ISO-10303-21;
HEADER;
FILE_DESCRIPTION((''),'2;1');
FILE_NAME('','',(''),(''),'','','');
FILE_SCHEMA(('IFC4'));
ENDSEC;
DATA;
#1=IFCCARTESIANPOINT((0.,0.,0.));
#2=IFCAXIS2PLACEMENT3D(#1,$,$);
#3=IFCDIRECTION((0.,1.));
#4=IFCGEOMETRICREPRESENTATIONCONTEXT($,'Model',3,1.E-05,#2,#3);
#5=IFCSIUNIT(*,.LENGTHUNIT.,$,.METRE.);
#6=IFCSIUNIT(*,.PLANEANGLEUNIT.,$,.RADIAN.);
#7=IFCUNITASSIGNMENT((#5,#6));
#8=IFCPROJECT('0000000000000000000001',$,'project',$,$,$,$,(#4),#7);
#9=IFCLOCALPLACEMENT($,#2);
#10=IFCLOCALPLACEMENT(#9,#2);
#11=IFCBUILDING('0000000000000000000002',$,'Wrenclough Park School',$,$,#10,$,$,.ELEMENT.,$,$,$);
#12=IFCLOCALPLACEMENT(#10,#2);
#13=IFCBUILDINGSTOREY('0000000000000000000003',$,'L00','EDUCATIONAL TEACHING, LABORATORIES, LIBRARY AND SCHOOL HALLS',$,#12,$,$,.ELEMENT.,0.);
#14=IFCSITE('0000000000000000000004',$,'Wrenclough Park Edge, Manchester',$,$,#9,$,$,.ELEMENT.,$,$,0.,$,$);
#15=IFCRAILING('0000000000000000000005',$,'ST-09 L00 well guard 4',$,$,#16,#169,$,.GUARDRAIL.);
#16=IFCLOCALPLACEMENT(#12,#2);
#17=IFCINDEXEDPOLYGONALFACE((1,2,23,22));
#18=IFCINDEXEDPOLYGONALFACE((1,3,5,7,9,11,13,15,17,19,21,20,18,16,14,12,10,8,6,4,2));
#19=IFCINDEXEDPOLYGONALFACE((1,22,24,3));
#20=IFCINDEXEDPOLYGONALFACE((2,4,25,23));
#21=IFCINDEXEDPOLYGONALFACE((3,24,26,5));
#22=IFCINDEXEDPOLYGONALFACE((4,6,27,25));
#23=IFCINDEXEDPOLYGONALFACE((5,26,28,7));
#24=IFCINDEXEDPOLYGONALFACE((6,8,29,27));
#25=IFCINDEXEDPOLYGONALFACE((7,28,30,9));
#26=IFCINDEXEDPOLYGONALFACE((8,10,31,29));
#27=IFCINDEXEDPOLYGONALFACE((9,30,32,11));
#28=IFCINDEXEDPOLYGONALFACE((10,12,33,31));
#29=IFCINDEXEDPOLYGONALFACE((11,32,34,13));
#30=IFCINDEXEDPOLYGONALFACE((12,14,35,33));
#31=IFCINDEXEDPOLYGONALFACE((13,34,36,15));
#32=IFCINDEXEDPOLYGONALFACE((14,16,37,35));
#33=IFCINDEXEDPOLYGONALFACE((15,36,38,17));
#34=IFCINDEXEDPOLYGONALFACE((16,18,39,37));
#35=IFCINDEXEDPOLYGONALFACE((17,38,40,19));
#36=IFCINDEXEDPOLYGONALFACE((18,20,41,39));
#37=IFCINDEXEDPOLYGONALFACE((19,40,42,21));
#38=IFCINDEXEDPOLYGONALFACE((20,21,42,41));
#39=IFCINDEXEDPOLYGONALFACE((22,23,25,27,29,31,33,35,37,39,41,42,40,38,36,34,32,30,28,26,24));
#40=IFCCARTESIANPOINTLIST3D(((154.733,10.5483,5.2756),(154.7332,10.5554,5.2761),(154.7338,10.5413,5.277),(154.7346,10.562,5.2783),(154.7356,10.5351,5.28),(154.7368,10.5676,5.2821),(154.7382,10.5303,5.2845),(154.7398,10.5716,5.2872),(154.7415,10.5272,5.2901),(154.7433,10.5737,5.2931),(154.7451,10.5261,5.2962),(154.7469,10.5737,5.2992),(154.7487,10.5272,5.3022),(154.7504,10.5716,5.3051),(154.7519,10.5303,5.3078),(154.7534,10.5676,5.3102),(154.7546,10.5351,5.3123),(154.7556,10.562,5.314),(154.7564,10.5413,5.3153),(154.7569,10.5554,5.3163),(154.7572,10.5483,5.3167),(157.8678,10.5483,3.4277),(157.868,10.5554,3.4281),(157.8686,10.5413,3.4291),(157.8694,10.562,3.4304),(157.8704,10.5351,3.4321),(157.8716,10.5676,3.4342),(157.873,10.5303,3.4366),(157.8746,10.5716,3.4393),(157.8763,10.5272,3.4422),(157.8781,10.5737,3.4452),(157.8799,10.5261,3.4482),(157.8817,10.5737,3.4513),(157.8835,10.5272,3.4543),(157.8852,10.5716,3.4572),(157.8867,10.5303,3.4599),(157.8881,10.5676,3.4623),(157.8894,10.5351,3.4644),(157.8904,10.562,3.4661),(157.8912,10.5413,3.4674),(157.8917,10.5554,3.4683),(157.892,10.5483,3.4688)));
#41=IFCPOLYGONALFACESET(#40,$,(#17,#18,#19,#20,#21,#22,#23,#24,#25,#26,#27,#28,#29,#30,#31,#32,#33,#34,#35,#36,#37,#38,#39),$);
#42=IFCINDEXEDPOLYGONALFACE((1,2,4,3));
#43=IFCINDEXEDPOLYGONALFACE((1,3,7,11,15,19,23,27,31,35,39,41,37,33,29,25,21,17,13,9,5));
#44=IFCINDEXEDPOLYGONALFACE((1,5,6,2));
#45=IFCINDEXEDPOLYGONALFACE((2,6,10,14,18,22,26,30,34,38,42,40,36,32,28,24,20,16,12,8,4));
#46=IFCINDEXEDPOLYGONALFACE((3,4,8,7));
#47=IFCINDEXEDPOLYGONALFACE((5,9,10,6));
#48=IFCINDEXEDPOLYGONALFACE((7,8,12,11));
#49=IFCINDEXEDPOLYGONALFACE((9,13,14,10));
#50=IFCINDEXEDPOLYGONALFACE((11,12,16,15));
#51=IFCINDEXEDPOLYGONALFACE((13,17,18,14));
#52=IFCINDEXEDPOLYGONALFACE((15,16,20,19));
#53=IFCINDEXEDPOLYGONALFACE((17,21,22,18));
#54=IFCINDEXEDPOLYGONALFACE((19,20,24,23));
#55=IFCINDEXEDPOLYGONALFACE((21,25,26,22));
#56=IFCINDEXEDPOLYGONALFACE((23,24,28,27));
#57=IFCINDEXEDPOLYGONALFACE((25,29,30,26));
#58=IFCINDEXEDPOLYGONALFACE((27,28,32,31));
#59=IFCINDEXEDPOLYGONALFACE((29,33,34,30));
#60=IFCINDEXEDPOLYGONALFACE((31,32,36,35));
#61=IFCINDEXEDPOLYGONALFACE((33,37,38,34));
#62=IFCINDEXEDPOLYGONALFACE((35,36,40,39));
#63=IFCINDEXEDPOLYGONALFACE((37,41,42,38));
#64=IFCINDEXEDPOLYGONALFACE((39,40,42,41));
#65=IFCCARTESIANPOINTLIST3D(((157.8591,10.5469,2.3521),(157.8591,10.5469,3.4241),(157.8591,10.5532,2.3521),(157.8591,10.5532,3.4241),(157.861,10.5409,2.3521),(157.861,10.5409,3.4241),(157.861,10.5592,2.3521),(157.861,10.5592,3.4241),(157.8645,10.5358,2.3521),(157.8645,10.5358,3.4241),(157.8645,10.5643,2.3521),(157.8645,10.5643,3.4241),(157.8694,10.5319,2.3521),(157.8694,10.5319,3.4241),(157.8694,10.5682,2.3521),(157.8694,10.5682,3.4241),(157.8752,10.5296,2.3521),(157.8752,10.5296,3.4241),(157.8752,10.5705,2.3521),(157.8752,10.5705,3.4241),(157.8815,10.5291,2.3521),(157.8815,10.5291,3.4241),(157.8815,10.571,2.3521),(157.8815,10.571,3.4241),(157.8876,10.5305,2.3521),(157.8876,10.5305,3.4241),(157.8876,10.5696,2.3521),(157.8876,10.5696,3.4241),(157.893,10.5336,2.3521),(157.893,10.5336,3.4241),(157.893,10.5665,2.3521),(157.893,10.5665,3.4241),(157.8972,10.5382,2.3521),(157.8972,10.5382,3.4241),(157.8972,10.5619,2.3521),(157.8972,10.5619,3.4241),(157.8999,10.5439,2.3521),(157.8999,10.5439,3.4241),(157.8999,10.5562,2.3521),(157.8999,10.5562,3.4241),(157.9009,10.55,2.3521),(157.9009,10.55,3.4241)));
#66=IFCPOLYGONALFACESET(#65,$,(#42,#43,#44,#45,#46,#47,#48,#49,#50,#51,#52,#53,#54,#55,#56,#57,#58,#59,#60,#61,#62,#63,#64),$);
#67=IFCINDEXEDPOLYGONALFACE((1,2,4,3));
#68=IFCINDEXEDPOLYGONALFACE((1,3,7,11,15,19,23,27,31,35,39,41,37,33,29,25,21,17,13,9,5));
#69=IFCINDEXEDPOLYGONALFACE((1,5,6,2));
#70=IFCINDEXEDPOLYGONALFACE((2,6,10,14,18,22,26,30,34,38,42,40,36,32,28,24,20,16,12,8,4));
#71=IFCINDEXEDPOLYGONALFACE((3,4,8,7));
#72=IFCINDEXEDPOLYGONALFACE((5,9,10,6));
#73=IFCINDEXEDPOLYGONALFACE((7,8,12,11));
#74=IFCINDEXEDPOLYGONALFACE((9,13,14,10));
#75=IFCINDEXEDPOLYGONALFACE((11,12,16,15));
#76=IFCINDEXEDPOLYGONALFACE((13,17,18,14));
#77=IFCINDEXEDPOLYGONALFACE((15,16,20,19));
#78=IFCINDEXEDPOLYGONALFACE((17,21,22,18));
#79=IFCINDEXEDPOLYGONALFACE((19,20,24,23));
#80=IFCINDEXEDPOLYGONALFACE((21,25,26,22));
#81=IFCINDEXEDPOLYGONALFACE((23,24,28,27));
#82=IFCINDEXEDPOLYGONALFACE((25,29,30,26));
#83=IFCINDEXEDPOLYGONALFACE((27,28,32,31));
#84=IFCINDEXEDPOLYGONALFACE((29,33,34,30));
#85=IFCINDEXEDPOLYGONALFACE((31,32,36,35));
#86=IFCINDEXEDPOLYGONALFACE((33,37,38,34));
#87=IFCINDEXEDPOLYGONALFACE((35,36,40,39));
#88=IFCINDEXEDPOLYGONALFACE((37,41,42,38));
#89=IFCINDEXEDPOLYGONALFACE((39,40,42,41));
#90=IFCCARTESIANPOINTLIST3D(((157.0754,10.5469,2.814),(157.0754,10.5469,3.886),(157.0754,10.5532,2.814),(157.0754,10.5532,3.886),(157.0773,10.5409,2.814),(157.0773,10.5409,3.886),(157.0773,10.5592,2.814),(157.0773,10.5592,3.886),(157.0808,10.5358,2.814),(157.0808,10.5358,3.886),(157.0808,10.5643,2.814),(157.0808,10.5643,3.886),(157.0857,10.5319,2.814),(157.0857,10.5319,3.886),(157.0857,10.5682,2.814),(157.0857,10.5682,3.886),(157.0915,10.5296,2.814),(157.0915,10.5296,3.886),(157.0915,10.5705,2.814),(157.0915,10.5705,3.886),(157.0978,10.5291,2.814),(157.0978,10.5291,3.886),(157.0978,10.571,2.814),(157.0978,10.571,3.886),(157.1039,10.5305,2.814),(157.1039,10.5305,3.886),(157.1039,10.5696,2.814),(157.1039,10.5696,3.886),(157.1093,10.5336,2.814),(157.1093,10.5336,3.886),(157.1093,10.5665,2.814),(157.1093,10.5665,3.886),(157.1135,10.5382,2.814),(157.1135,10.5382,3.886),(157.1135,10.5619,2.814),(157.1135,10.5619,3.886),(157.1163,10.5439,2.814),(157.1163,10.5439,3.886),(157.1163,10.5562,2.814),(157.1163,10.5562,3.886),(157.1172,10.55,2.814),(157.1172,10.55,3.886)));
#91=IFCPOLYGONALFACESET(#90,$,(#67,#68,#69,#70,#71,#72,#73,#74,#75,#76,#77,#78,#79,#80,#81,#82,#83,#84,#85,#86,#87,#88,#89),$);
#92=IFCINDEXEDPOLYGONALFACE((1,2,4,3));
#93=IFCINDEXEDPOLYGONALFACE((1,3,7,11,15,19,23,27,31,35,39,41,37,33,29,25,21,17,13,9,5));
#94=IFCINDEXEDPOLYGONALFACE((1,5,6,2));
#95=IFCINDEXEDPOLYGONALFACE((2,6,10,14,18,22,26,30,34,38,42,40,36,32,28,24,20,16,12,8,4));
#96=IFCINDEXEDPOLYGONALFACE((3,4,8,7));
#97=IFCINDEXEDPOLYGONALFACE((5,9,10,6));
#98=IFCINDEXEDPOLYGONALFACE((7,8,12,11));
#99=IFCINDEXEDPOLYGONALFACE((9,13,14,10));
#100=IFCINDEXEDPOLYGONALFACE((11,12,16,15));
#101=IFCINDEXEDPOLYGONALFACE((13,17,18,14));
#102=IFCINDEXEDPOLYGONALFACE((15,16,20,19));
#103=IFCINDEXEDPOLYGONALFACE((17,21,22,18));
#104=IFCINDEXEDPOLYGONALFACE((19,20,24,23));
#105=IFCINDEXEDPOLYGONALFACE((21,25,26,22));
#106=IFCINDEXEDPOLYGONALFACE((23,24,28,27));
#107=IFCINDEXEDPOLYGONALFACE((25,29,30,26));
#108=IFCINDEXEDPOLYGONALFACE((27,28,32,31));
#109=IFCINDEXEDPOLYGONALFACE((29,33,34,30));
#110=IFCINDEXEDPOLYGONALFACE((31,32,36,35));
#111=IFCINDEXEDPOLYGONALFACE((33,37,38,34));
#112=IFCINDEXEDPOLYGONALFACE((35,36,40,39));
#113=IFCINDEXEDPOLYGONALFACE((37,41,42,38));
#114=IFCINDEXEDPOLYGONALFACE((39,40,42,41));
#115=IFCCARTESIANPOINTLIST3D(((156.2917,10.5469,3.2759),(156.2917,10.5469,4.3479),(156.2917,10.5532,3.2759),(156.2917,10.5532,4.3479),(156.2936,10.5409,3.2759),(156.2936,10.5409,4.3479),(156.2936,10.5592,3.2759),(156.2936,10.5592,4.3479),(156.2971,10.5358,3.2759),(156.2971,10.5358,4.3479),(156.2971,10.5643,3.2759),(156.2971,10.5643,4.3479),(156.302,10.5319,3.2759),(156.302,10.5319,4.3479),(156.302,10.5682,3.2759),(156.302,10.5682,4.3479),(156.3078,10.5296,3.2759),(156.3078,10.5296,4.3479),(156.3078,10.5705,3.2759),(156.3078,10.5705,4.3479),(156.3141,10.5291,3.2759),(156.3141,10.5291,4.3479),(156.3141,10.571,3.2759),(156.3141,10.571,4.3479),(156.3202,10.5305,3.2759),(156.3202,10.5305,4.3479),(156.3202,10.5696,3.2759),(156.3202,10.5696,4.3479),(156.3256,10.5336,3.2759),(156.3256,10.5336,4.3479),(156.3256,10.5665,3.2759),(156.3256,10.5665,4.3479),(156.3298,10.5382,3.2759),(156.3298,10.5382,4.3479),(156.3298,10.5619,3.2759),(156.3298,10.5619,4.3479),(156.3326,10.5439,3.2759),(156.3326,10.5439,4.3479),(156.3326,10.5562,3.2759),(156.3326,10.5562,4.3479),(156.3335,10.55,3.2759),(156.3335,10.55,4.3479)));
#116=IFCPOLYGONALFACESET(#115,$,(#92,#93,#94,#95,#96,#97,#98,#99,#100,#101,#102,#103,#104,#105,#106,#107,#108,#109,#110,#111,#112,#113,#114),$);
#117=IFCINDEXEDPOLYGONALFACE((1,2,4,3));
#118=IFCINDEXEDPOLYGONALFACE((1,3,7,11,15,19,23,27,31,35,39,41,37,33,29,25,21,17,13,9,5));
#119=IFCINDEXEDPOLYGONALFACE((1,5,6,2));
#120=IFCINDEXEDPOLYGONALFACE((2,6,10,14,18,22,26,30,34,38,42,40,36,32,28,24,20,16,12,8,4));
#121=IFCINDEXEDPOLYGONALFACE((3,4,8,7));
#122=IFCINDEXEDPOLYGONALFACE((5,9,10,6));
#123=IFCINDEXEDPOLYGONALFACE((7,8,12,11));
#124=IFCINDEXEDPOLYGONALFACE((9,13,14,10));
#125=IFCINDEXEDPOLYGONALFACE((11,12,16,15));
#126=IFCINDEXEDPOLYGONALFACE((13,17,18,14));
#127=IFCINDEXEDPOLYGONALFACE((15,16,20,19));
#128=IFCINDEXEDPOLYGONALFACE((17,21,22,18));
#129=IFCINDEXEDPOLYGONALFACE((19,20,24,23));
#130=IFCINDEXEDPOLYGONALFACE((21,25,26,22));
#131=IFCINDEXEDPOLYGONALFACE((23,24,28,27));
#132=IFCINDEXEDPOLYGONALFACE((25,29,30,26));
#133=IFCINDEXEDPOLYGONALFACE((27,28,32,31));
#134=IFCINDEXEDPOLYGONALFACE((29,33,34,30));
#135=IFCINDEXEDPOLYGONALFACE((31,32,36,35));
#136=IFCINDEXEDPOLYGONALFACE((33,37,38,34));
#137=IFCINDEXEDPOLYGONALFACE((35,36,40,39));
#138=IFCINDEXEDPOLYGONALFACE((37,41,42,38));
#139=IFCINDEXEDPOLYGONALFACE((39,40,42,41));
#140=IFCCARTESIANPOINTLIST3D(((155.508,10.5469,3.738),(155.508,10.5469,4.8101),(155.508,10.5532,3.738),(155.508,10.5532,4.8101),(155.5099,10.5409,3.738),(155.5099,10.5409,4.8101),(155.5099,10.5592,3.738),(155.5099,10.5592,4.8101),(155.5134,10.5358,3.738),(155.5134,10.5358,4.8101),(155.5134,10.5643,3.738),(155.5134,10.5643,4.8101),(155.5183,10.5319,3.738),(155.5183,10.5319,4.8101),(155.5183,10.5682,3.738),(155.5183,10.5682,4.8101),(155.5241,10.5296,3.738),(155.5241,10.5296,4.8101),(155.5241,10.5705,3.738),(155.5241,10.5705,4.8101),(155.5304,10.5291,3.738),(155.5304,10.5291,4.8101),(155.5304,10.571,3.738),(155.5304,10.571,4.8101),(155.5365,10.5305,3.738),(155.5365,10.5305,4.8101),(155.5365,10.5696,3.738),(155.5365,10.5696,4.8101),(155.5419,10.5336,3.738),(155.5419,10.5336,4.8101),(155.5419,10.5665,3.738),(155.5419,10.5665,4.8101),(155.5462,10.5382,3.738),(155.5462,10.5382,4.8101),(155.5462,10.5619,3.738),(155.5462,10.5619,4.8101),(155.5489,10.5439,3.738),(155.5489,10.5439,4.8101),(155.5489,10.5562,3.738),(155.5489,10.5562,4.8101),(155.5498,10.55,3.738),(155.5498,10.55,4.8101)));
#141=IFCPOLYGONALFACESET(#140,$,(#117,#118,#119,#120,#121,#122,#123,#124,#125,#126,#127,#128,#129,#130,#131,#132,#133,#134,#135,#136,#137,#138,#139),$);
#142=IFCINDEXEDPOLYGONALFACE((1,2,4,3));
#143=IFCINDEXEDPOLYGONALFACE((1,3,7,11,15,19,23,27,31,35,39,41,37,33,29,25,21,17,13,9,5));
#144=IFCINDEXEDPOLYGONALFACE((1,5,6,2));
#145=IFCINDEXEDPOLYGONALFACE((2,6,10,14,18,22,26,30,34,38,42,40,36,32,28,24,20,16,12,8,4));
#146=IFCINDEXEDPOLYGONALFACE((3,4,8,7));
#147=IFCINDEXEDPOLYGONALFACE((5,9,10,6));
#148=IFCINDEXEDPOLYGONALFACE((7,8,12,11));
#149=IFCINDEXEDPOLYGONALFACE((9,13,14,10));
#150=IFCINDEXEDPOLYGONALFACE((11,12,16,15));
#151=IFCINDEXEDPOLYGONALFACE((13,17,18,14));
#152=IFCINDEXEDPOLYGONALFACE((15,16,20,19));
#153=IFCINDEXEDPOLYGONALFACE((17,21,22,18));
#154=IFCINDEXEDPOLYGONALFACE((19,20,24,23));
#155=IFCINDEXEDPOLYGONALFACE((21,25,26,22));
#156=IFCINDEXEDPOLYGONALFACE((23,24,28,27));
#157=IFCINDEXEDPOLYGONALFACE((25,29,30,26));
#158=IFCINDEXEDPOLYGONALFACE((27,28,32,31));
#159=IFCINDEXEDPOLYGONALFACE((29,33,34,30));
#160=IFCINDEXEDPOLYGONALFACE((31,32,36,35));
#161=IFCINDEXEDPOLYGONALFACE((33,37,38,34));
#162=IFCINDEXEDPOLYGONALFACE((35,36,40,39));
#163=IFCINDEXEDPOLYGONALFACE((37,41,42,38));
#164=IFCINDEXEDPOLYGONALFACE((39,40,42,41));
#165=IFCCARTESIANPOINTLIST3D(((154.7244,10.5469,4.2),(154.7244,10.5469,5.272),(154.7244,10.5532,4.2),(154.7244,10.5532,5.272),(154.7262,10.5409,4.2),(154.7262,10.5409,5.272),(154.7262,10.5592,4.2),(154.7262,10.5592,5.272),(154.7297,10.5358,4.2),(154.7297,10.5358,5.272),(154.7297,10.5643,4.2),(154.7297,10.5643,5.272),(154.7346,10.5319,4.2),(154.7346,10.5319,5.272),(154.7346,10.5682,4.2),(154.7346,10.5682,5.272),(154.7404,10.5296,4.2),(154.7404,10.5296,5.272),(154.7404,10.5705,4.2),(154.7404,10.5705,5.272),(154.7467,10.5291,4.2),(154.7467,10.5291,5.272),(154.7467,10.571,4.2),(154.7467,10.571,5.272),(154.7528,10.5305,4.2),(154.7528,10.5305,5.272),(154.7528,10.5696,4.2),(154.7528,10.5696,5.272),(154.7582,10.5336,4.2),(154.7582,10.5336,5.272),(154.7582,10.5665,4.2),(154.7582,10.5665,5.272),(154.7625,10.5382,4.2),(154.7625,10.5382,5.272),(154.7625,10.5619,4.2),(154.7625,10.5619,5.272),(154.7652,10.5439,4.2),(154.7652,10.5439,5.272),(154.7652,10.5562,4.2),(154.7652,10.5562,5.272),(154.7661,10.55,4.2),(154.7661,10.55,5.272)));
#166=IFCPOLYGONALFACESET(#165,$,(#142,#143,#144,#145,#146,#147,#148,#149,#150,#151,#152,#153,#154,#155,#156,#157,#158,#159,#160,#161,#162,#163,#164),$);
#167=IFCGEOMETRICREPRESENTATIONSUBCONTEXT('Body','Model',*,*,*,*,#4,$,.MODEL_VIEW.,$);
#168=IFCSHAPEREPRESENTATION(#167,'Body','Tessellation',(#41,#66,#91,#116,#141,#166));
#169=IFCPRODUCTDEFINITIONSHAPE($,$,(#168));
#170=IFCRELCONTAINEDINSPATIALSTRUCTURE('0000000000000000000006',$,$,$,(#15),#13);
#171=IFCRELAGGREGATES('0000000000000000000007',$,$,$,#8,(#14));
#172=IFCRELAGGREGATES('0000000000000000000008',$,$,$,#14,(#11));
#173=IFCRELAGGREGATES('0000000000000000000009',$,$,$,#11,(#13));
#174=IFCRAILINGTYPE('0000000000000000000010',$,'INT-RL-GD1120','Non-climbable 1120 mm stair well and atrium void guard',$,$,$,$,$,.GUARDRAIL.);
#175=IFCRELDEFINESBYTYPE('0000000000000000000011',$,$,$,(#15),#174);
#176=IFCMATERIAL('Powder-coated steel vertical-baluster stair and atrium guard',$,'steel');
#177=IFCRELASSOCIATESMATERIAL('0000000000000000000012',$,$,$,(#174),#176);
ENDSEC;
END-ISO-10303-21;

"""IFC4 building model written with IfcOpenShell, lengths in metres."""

from ifc_helpers import new_model, si_unit, direction, frame, origin, origin_2d, place, context, subcontext, project, spatial, circle, extrude, material, type_object, element, save


model = new_model("IFC4")

# Units and contexts
model_context = context("Model", 3, precision=1e-05, world=origin(), true_north=direction((0.0, 1.0)))
body_context = subcontext(model_context, "Body", "Model", "MODEL_VIEW")
ifc_project = project(units=[si_unit("LENGTHUNIT", "METRE"), si_unit("PLANEANGLEUNIT", "RADIAN")], contexts=[model_context])

# Site, building, storey
site_placement = place(None, origin())
site = spatial("IfcSite", under=ifc_project, at=site_placement, Name="Wrenclough Park Edge, Manchester", CompositionType="ELEMENT", RefElevation=0.0)
building_placement = place(site_placement, origin())
building = spatial("IfcBuilding", under=site, at=building_placement, Name="Wrenclough Park School", CompositionType="ELEMENT")
storey_placement = place(building_placement, origin())
storey = spatial("IfcBuildingStorey", under=building, at=storey_placement, Name="L00", Description="EDUCATIONAL TEACHING, LABORATORIES, LIBRARY AND SCHOOL HALLS", CompositionType="ELEMENT", Elevation=0.0)

# Railing
ifc_material_1 = material(Name="Powder-coated steel vertical-baluster stair and atrium guard", Category="steel")
railing_type_1 = type_object("IfcRailingType", Name="INT-RL-GD1120", Description="Non-climbable 1120 mm stair well and atrium void guard", PredefinedType="GUARDRAIL", material=ifc_material_1)
railing_1_placement = place(storey_placement, frame((157.8799, 10.55, 2.3521)))
element("IfcRailing", 1, at=railing_1_placement, inside=storey, type_object=railing_type_1, Name="ST-09 L00 well guard 4", PredefinedType="GUARDRAIL", context=body_context, shape_type="SweptSolid", body=[
    extrude(circle(Radius=0.0239, at=origin_2d()), frame((0.0, 0.0, 1.0962), z_axis=(-0.861463, 0.0, 0.50782), x_axis=(0.0, -1.0, 0.0)), (0.0, 0.0, 1.0), 3.6389),
    extrude(circle(Radius=0.021, at=origin_2d()), origin(), (0.0, 0.0, 1.0), 1.072),
    extrude(circle(Radius=0.021, at=origin_2d()), frame((-0.7837, 0.0, 0.4619)), (0.0, 0.0, 1.0), 1.072),
    extrude(circle(Radius=0.021, at=origin_2d()), frame((-1.5674, 0.0, 0.9238)), (0.0, 0.0, 1.0), 1.072),
    extrude(circle(Radius=0.021, at=origin_2d()), frame((-2.3511, 0.0, 1.386)), (0.0, 0.0, 1.0), 1.072),
    extrude(circle(Radius=0.021, at=origin_2d()), frame((-3.1348, 0.0, 1.8479)), (0.0, 0.0, 1.0), 1.072),
])

save(model, "model.ifc")
